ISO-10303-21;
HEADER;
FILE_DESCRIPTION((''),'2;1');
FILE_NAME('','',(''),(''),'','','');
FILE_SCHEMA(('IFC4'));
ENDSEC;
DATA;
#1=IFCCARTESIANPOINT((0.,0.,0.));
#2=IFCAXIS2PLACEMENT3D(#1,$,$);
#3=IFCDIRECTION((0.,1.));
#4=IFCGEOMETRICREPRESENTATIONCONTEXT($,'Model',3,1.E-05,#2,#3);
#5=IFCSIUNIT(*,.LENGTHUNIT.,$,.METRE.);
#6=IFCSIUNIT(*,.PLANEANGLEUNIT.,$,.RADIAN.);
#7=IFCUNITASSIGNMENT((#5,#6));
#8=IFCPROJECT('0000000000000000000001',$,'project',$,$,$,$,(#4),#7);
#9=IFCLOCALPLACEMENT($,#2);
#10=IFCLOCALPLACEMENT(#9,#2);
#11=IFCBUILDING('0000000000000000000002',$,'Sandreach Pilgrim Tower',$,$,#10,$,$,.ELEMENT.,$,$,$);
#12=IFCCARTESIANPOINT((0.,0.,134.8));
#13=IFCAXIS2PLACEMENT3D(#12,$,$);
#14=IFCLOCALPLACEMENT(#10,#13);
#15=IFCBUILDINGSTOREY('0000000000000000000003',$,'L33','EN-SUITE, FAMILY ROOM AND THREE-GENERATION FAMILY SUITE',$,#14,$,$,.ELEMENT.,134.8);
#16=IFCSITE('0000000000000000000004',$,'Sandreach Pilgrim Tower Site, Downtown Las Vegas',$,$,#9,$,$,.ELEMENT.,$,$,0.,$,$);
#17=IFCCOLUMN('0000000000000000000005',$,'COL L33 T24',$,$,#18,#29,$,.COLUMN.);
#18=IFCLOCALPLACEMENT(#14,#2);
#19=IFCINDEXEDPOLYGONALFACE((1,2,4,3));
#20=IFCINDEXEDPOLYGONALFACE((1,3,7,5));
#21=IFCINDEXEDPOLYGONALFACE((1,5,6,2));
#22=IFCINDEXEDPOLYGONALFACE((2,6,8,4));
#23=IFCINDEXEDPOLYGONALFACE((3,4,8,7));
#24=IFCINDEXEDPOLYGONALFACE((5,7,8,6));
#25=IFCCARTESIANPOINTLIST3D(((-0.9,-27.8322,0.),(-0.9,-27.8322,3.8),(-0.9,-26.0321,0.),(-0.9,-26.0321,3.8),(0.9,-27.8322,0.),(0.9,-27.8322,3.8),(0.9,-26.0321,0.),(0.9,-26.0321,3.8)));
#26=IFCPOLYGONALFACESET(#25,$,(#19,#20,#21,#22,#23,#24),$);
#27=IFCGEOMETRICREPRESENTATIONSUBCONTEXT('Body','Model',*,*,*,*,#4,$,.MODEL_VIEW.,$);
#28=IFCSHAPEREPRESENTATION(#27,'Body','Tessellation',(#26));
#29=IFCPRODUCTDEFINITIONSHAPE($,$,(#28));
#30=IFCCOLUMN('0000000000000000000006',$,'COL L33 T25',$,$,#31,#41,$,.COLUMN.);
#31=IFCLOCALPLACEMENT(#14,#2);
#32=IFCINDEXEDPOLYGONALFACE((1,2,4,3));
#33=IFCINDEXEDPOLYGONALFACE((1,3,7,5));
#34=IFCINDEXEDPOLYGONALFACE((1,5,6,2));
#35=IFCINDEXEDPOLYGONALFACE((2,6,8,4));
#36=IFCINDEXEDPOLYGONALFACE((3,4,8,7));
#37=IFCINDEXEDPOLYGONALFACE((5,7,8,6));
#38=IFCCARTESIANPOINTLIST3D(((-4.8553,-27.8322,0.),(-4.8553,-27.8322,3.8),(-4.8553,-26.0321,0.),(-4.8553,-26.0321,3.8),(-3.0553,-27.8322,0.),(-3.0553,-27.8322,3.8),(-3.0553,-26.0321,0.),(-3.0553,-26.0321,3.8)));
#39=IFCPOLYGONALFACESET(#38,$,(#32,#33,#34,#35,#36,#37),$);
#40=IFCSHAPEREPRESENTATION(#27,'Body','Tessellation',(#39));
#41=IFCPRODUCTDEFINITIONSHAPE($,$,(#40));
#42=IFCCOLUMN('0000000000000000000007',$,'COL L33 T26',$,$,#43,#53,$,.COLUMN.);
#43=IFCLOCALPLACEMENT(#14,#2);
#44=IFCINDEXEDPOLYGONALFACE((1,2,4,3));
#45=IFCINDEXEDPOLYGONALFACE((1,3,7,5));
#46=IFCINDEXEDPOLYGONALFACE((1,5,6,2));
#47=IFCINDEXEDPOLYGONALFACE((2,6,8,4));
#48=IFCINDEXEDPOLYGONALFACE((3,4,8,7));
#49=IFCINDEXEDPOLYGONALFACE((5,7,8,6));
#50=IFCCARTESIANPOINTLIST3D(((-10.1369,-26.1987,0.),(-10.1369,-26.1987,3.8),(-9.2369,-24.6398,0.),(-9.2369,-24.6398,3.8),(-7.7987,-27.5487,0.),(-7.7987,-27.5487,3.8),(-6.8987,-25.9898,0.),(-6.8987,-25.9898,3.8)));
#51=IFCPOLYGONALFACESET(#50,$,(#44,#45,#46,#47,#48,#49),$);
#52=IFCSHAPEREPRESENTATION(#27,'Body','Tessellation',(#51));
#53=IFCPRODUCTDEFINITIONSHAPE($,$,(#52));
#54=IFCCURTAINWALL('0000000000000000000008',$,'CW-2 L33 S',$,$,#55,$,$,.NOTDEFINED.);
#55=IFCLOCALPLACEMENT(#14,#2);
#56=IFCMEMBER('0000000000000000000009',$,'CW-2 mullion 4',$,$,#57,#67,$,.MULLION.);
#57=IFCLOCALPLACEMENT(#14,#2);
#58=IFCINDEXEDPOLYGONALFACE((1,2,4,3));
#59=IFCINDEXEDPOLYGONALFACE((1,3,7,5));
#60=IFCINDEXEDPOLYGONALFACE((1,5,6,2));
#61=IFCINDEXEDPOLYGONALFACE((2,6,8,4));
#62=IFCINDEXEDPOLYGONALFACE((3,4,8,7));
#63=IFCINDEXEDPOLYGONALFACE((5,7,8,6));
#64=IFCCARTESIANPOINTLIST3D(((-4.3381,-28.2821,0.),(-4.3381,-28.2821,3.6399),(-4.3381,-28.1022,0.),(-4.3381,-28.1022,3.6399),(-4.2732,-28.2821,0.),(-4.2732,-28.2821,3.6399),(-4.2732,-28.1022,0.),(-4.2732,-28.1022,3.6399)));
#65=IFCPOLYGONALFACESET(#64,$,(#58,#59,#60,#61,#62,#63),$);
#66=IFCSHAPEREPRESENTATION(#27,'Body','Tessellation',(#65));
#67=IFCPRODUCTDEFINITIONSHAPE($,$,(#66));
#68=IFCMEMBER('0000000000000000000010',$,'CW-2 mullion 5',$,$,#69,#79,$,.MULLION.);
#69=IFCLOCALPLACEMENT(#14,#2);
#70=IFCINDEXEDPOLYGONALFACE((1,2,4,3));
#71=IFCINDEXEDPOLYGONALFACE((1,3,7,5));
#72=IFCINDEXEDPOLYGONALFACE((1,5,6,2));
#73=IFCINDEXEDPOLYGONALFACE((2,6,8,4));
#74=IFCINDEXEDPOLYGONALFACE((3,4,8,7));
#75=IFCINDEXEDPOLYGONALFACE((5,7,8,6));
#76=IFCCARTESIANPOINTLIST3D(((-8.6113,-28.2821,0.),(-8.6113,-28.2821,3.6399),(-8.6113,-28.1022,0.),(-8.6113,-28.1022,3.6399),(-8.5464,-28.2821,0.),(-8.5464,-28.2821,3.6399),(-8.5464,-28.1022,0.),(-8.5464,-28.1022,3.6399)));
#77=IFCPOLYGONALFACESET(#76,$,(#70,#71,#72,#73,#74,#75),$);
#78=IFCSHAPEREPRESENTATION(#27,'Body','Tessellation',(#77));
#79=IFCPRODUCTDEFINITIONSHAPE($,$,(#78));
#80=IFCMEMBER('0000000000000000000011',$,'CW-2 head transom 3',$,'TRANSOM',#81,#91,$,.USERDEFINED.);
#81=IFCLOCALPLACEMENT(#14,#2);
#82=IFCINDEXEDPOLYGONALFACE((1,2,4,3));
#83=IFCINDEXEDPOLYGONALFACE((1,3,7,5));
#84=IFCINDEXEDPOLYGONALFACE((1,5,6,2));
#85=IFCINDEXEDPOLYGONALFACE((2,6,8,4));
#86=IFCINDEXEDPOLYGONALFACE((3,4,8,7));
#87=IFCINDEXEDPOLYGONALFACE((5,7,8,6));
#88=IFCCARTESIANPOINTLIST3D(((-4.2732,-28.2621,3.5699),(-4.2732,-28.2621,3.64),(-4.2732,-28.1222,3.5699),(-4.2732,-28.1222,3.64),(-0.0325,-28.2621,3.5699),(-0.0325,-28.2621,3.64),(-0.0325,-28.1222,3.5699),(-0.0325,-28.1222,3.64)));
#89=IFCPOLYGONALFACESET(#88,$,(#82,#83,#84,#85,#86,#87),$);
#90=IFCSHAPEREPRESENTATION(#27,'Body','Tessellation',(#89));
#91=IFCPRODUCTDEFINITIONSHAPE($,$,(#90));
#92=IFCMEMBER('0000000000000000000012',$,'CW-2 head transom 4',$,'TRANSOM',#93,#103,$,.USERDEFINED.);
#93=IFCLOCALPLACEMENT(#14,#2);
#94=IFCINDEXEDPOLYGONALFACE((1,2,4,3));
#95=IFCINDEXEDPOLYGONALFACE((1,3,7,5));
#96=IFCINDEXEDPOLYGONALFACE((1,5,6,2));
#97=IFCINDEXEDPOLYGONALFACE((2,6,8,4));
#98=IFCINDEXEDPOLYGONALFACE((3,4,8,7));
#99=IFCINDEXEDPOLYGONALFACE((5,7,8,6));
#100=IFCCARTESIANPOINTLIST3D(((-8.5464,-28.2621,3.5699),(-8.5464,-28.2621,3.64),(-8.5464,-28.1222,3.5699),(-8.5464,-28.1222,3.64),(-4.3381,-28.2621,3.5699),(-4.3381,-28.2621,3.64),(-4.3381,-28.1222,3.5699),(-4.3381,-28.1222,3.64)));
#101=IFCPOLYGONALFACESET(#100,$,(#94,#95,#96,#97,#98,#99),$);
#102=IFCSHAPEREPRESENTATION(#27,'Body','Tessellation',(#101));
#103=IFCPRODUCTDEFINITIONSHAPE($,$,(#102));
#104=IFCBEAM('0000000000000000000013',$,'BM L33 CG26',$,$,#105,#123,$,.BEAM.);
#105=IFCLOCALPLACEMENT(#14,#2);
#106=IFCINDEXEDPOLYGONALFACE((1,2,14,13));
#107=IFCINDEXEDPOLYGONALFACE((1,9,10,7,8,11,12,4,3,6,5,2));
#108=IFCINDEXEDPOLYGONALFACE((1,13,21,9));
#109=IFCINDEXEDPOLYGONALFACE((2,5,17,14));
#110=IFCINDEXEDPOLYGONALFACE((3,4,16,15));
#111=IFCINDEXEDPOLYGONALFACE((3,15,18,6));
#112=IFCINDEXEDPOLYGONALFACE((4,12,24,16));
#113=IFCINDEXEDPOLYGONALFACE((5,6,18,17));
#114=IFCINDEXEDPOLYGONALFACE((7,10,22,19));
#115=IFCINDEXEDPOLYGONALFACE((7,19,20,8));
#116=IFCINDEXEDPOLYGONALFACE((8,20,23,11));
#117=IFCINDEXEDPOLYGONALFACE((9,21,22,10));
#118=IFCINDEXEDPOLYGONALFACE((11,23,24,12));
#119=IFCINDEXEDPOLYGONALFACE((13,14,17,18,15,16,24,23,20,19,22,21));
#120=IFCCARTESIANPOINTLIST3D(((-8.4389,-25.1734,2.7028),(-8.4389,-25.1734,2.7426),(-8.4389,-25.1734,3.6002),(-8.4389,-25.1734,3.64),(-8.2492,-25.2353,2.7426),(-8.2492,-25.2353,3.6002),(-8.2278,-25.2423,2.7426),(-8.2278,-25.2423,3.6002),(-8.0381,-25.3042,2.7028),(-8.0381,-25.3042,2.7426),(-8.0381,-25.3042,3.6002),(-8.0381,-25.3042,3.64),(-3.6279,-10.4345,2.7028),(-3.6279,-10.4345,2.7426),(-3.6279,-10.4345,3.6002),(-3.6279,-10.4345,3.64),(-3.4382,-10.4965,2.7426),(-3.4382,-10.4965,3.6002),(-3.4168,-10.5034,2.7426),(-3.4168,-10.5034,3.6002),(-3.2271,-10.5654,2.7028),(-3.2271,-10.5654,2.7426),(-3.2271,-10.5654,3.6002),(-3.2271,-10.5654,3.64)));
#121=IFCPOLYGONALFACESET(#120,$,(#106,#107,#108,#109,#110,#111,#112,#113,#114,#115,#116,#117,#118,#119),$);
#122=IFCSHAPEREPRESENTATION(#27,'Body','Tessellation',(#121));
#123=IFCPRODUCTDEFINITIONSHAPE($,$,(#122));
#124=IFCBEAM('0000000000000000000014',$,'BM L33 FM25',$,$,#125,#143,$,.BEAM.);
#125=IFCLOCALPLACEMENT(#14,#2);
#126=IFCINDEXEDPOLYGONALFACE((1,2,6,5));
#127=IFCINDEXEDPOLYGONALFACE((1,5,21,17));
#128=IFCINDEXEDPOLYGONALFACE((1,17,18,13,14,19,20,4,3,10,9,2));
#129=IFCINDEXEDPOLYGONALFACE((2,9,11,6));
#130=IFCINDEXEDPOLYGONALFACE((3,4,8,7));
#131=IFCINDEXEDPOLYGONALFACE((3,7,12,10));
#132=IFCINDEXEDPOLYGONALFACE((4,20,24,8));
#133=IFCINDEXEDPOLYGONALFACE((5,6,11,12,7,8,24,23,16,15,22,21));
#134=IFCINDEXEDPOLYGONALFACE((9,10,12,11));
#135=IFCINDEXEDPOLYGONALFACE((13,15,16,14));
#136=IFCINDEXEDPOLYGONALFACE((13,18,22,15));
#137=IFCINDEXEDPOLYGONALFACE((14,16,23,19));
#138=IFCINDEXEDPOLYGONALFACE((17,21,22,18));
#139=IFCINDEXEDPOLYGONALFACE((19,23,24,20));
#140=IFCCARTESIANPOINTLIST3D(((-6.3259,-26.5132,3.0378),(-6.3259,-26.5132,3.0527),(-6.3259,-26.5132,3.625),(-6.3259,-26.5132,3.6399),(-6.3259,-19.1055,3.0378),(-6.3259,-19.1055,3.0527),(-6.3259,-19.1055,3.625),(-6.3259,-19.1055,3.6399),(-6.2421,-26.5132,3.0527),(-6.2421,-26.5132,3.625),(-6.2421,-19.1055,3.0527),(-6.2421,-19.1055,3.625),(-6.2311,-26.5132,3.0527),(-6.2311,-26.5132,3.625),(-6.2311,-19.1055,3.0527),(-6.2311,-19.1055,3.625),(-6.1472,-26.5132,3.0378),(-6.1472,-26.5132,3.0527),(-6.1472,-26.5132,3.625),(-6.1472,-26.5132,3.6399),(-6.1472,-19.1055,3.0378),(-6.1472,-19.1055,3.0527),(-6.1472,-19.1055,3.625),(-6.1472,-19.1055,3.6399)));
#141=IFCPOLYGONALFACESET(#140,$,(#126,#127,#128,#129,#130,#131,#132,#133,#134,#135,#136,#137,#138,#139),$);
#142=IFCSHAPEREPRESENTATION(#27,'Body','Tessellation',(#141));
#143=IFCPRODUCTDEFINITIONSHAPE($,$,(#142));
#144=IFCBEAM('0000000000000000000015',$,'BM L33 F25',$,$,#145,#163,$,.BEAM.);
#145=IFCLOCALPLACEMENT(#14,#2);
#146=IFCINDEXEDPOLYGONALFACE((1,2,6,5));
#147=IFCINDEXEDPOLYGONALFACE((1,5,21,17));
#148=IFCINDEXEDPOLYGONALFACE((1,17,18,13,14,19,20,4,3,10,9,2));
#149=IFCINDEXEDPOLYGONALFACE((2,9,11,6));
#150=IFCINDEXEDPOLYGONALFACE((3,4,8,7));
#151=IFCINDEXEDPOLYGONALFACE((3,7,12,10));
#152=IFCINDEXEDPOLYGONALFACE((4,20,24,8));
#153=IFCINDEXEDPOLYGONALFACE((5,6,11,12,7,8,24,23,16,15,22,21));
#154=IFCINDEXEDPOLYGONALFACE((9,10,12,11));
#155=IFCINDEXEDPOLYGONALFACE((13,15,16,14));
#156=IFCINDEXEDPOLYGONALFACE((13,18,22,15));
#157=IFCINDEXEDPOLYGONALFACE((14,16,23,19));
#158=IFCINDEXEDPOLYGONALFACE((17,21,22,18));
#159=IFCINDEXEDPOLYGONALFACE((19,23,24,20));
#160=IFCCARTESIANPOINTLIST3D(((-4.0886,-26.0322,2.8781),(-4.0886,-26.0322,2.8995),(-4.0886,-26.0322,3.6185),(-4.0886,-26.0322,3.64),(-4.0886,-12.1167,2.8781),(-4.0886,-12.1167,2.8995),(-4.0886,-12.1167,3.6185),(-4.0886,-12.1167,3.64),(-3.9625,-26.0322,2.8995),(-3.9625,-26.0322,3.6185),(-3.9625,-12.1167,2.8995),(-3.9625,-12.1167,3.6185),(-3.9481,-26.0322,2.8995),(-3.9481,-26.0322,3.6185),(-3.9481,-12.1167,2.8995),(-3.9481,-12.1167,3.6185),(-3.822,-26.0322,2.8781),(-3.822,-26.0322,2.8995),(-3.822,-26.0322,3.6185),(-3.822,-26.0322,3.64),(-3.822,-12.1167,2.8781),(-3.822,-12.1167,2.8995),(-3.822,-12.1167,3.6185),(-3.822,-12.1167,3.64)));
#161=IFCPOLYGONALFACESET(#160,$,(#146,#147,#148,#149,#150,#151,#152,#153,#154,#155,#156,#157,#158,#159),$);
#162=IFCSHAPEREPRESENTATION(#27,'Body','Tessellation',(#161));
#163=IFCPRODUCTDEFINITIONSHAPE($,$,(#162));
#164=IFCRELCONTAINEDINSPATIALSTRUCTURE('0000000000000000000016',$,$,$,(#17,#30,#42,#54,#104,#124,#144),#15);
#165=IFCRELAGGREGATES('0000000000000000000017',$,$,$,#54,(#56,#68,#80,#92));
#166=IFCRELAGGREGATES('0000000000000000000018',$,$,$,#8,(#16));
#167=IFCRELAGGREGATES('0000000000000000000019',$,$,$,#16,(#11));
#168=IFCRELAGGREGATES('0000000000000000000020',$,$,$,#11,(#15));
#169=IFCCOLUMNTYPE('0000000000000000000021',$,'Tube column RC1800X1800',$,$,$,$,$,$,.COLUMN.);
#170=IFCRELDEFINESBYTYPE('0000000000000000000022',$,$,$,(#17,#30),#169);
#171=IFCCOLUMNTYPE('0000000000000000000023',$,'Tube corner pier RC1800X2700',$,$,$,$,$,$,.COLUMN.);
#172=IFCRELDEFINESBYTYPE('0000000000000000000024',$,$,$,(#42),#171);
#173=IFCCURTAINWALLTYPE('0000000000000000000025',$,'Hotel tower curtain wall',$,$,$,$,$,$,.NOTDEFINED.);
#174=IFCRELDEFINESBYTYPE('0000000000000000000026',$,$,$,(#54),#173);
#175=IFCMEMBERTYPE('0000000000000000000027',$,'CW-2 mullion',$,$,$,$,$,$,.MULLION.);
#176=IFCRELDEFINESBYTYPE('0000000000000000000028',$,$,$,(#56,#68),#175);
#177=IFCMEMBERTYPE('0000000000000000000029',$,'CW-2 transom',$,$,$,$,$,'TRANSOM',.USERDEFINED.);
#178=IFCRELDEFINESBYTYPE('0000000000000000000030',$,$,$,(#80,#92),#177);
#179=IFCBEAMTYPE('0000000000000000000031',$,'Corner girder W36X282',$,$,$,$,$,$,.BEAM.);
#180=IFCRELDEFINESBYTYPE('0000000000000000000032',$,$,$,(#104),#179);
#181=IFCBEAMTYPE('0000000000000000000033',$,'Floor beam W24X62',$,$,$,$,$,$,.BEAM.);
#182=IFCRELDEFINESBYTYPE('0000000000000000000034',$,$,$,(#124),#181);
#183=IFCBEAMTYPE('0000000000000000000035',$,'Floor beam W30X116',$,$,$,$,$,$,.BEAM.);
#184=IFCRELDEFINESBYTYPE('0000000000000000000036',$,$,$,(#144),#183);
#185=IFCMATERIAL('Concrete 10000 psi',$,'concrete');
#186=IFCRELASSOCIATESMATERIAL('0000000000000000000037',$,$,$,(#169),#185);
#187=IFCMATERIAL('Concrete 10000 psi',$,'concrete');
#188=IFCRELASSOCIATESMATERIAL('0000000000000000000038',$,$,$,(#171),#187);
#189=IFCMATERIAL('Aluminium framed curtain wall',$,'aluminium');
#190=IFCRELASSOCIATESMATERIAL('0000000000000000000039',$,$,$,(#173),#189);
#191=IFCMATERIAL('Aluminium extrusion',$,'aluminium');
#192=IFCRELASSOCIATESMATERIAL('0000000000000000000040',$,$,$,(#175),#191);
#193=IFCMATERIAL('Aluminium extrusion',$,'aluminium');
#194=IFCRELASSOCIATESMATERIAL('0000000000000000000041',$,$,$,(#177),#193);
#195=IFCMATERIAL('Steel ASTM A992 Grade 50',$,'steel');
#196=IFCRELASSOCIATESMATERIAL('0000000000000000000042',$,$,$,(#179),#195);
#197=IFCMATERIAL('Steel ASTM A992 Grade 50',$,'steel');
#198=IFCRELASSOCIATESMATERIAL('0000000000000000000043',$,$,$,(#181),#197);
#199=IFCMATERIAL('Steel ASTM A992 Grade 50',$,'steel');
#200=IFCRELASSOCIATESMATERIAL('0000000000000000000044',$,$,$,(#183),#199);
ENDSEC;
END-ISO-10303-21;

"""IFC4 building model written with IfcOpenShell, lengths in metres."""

from ifc_helpers import new_model, si_unit, direction, frame, origin, origin_2d, place, context, subcontext, project, spatial, rectangle, i_section, extrude, material, material_profile, profile_set, type_object, element, aggregate, save


model = new_model("IFC4")

# Units and contexts
model_context = context("Model", 3, precision=1e-05, world=origin(), true_north=direction((0.0, 1.0)))
body_context = subcontext(model_context, "Body", "Model", "MODEL_VIEW")
ifc_project = project(units=[si_unit("LENGTHUNIT", "METRE"), si_unit("PLANEANGLEUNIT", "RADIAN")], contexts=[model_context])

# Site, building, storey
site_placement = place(None, origin())
site = spatial("IfcSite", under=ifc_project, at=site_placement, Name="Sandreach Pilgrim Tower Site, Downtown Las Vegas", CompositionType="ELEMENT", RefElevation=0.0)
building_placement = place(site_placement, origin())
building = spatial("IfcBuilding", under=site, at=building_placement, Name="Sandreach Pilgrim Tower", CompositionType="ELEMENT")
storey_placement = place(building_placement, frame((0.0, 0.0, 134.8)))
storey = spatial("IfcBuildingStorey", under=building, at=storey_placement, Name="L33", Description="EN-SUITE, FAMILY ROOM AND THREE-GENERATION FAMILY SUITE", CompositionType="ELEMENT", Elevation=134.8)

# Columns
ifc_material_1 = material(Name="Concrete 10000 psi", Category="concrete")
ifc_material_profile_1 = material_profile(ifc_material_1, rectangle(XDim=1.8, YDim=1.8, at=origin_2d()), Name="RC1800X1800")
ifc_profile_set_1 = profile_set([ifc_material_profile_1], Name="Concrete 10000 psi")
column_type_1 = type_object("IfcColumnType", Name="Tube column RC1800X1800", PredefinedType="COLUMN", material=ifc_profile_set_1)
for number, where, z_axis, x_axis, name in (
    (1, (0.0, -26.9321, 0.0), (0.0, 0.0, 1.0), (0.0, -1.0, 0.0), "COL L33 T24"),
    (2, (-3.9553, -26.9321, 0.0), (0.0, 0.0, 1.0), (0.0, -1.0, 0.0), "COL L33 T25"),
):
    element("IfcColumn", number, at=place(storey_placement, frame(where, z_axis=z_axis, x_axis=x_axis)), inside=storey, type_object=column_type_1, Name=name, PredefinedType="COLUMN", context=body_context, shape_type="SweptSolid", body=[
        extrude(rectangle(XDim=1.8, YDim=1.8, at=origin_2d()), origin(), (0.0, 0.0, 1.0), 3.8),
    ])
ifc_material_2 = material(Name="Concrete 10000 psi", Category="concrete")
ifc_material_profile_2 = material_profile(ifc_material_2, rectangle(XDim=1.8, YDim=2.7, at=origin_2d()), Name="RC1800X2700")
ifc_profile_set_2 = profile_set([ifc_material_profile_2], Name="Concrete 10000 psi")
column_type_2 = type_object("IfcColumnType", Name="Tube corner pier RC1800X2700", PredefinedType="COLUMN", material=ifc_profile_set_2)
column_placement = place(storey_placement, frame((-8.5178, -26.0942, 0.0), z_axis=(0.0, 0.0, 1.0), x_axis=(-0.5, -0.866025, 0.0)))
element("IfcColumn", 3, at=column_placement, inside=storey, type_object=column_type_2, Name="COL L33 T26", PredefinedType="COLUMN", context=body_context, shape_type="SweptSolid", body=[
    extrude(rectangle(XDim=1.8, YDim=2.7, at=origin_2d()), origin(), (0.0, 0.0, 1.0), 3.8),
])

# Curtain wall, members
ifc_material_3 = material(Name="Aluminium framed curtain wall", Category="aluminium")
curtain_wall_type = type_object("IfcCurtainWallType", Name="Hotel tower curtain wall", PredefinedType="NOTDEFINED", material=ifc_material_3)
curtain_wall_placement = place(storey_placement, origin())
curtain_wall = element("IfcCurtainWall", 4, at=curtain_wall_placement, inside=storey, type_object=curtain_wall_type, Name="CW-2 L33 S", PredefinedType="NOTDEFINED")
ifc_material_4 = material(Name="Aluminium extrusion", Category="aluminium")
ifc_material_profile_3 = material_profile(ifc_material_4, rectangle(XDim=0.0649, YDim=0.1799, at=origin_2d()), Name="CW-2M 65X180")
ifc_profile_set_3 = profile_set([ifc_material_profile_3], Name="Aluminium extrusion")
member_type_1 = type_object("IfcMemberType", Name="CW-2 mullion", PredefinedType="MULLION", material=ifc_profile_set_3)
member_1_placement = place(storey_placement, frame((-4.3057, -28.1921, 0.0), z_axis=(0.0, 0.0, 1.0), x_axis=(-1.0, 0.0, 0.0)))
member_1 = element("IfcMember", 5, at=member_1_placement, type_object=member_type_1, Name="CW-2 mullion 4", PredefinedType="MULLION", context=body_context, shape_type="SweptSolid", body=[
    extrude(rectangle(XDim=0.0649, YDim=0.1799, at=origin_2d()), origin(), (0.0, 0.0, 1.0), 3.6399),
])
member_2_placement = place(storey_placement, frame((-8.5789, -28.1921, 0.0), z_axis=(0.0, 0.0, 1.0), x_axis=(-1.0, 0.0, 0.0)))
member_2 = element("IfcMember", 6, at=member_2_placement, type_object=member_type_1, Name="CW-2 mullion 5", PredefinedType="MULLION", context=body_context, shape_type="SweptSolid", body=[
    extrude(rectangle(XDim=0.0649, YDim=0.1799, at=origin_2d()), origin(), (0.0, 0.0, 1.0), 3.6399),
])
ifc_material_5 = material(Name="Aluminium extrusion", Category="aluminium")
ifc_material_profile_4 = material_profile(ifc_material_5, rectangle(XDim=0.1399, YDim=0.0701, at=origin_2d()), Name="CW-2T 140X70")
ifc_profile_set_4 = profile_set([ifc_material_profile_4], Name="Aluminium extrusion")
member_type_2 = type_object("IfcMemberType", Name="CW-2 transom", ElementType="TRANSOM", PredefinedType="USERDEFINED", material=ifc_profile_set_4)
member_3_placement = place(storey_placement, frame((-0.0325, -28.1921, 3.605), z_axis=(-1.0, 0.0, 0.0), x_axis=(0.0, -1.0, 0.0)))
member_3 = element("IfcMember", 7, at=member_3_placement, type_object=member_type_2, Name="CW-2 head transom 3", ObjectType="TRANSOM", PredefinedType="USERDEFINED", context=body_context, shape_type="SweptSolid", body=[
    extrude(rectangle(XDim=0.1399, YDim=0.0701, at=origin_2d()), origin(), (0.0, 0.0, 1.0), 4.2407),
])
member_4_placement = place(storey_placement, frame((-4.3381, -28.1921, 3.605), z_axis=(-1.0, 0.0, 0.0), x_axis=(0.0, -1.0, 0.0)))
member_4 = element("IfcMember", 8, at=member_4_placement, type_object=member_type_2, Name="CW-2 head transom 4", ObjectType="TRANSOM", PredefinedType="USERDEFINED", context=body_context, shape_type="SweptSolid", body=[
    extrude(rectangle(XDim=0.1399, YDim=0.0701, at=origin_2d()), origin(), (0.0, 0.0, 1.0), 4.2083),
])

# Beams
ifc_material_6 = material(Name="Steel ASTM A992 Grade 50", Category="steel")
ifc_material_profile_5 = material_profile(ifc_material_6, i_section(OverallWidth=0.4216, OverallDepth=0.9373, WebThickness=0.0225, FlangeThickness=0.0398, at=origin_2d()), Name="W36X282")
ifc_profile_set_5 = profile_set([ifc_material_profile_5], Name="Steel ASTM A992 Grade 50")
beam_type_1 = type_object("IfcBeamType", Name="Corner girder W36X282", PredefinedType="BEAM", material=ifc_profile_set_5)
beam_1_placement = place(storey_placement, frame((-8.2385, -25.2388, 3.1714), z_axis=(0.310307, 0.950636, 0.0), x_axis=(-0.950636, 0.310307, 0.0)))
element("IfcBeam", 9, at=beam_1_placement, inside=storey, type_object=beam_type_1, Name="BM L33 CG26", PredefinedType="BEAM", context=body_context, shape_type="SweptSolid", body=[
    extrude(i_section(OverallWidth=0.4216, OverallDepth=0.9373, WebThickness=0.0225, FlangeThickness=0.0398, at=origin_2d()), origin(), (0.0, 0.0, 1.0), 15.5042),
])
ifc_material_7 = material(Name="Steel ASTM A992 Grade 50", Category="steel")
ifc_material_profile_6 = material_profile(ifc_material_7, i_section(OverallWidth=0.1787, OverallDepth=0.6021, WebThickness=0.011, FlangeThickness=0.0149, at=origin_2d()), Name="W24X62")
ifc_profile_set_6 = profile_set([ifc_material_profile_6], Name="Steel ASTM A992 Grade 50")
beam_type_2 = type_object("IfcBeamType", Name="Floor beam W24X62", PredefinedType="BEAM", material=ifc_profile_set_6)
beam_2_placement = place(storey_placement, frame((-6.2366, -26.5132, 3.3389), z_axis=(0.0, 1.0, 0.0), x_axis=(-1.0, 0.0, 0.0)))
element("IfcBeam", 10, at=beam_2_placement, inside=storey, type_object=beam_type_2, Name="BM L33 FM25", PredefinedType="BEAM", context=body_context, shape_type="SweptSolid", body=[
    extrude(i_section(OverallWidth=0.1787, OverallDepth=0.6021, WebThickness=0.011, FlangeThickness=0.0149, at=origin_2d()), origin(), (0.0, 0.0, 1.0), 7.4077),
])
ifc_material_8 = material(Name="Steel ASTM A992 Grade 50", Category="steel")
ifc_material_profile_7 = material_profile(ifc_material_8, i_section(OverallWidth=0.2666, OverallDepth=0.762, WebThickness=0.0144, FlangeThickness=0.0215, at=origin_2d()), Name="W30X116")
ifc_profile_set_7 = profile_set([ifc_material_profile_7], Name="Steel ASTM A992 Grade 50")
beam_type_3 = type_object("IfcBeamType", Name="Floor beam W30X116", PredefinedType="BEAM", material=ifc_profile_set_7)
beam_3_placement = place(storey_placement, frame((-3.9553, -26.0322, 3.259), z_axis=(0.0, 1.0, 0.0), x_axis=(-1.0, 0.0, 0.0)))
element("IfcBeam", 11, at=beam_3_placement, inside=storey, type_object=beam_type_3, Name="BM L33 F25", PredefinedType="BEAM", context=body_context, shape_type="SweptSolid", body=[
    extrude(i_section(OverallWidth=0.2666, OverallDepth=0.762, WebThickness=0.0144, FlangeThickness=0.0215, at=origin_2d()), origin(), (0.0, 0.0, 1.0), 13.9155),
])

aggregate(curtain_wall, [member_1, member_2, member_3, member_4])

save(model, "model.ifc")
